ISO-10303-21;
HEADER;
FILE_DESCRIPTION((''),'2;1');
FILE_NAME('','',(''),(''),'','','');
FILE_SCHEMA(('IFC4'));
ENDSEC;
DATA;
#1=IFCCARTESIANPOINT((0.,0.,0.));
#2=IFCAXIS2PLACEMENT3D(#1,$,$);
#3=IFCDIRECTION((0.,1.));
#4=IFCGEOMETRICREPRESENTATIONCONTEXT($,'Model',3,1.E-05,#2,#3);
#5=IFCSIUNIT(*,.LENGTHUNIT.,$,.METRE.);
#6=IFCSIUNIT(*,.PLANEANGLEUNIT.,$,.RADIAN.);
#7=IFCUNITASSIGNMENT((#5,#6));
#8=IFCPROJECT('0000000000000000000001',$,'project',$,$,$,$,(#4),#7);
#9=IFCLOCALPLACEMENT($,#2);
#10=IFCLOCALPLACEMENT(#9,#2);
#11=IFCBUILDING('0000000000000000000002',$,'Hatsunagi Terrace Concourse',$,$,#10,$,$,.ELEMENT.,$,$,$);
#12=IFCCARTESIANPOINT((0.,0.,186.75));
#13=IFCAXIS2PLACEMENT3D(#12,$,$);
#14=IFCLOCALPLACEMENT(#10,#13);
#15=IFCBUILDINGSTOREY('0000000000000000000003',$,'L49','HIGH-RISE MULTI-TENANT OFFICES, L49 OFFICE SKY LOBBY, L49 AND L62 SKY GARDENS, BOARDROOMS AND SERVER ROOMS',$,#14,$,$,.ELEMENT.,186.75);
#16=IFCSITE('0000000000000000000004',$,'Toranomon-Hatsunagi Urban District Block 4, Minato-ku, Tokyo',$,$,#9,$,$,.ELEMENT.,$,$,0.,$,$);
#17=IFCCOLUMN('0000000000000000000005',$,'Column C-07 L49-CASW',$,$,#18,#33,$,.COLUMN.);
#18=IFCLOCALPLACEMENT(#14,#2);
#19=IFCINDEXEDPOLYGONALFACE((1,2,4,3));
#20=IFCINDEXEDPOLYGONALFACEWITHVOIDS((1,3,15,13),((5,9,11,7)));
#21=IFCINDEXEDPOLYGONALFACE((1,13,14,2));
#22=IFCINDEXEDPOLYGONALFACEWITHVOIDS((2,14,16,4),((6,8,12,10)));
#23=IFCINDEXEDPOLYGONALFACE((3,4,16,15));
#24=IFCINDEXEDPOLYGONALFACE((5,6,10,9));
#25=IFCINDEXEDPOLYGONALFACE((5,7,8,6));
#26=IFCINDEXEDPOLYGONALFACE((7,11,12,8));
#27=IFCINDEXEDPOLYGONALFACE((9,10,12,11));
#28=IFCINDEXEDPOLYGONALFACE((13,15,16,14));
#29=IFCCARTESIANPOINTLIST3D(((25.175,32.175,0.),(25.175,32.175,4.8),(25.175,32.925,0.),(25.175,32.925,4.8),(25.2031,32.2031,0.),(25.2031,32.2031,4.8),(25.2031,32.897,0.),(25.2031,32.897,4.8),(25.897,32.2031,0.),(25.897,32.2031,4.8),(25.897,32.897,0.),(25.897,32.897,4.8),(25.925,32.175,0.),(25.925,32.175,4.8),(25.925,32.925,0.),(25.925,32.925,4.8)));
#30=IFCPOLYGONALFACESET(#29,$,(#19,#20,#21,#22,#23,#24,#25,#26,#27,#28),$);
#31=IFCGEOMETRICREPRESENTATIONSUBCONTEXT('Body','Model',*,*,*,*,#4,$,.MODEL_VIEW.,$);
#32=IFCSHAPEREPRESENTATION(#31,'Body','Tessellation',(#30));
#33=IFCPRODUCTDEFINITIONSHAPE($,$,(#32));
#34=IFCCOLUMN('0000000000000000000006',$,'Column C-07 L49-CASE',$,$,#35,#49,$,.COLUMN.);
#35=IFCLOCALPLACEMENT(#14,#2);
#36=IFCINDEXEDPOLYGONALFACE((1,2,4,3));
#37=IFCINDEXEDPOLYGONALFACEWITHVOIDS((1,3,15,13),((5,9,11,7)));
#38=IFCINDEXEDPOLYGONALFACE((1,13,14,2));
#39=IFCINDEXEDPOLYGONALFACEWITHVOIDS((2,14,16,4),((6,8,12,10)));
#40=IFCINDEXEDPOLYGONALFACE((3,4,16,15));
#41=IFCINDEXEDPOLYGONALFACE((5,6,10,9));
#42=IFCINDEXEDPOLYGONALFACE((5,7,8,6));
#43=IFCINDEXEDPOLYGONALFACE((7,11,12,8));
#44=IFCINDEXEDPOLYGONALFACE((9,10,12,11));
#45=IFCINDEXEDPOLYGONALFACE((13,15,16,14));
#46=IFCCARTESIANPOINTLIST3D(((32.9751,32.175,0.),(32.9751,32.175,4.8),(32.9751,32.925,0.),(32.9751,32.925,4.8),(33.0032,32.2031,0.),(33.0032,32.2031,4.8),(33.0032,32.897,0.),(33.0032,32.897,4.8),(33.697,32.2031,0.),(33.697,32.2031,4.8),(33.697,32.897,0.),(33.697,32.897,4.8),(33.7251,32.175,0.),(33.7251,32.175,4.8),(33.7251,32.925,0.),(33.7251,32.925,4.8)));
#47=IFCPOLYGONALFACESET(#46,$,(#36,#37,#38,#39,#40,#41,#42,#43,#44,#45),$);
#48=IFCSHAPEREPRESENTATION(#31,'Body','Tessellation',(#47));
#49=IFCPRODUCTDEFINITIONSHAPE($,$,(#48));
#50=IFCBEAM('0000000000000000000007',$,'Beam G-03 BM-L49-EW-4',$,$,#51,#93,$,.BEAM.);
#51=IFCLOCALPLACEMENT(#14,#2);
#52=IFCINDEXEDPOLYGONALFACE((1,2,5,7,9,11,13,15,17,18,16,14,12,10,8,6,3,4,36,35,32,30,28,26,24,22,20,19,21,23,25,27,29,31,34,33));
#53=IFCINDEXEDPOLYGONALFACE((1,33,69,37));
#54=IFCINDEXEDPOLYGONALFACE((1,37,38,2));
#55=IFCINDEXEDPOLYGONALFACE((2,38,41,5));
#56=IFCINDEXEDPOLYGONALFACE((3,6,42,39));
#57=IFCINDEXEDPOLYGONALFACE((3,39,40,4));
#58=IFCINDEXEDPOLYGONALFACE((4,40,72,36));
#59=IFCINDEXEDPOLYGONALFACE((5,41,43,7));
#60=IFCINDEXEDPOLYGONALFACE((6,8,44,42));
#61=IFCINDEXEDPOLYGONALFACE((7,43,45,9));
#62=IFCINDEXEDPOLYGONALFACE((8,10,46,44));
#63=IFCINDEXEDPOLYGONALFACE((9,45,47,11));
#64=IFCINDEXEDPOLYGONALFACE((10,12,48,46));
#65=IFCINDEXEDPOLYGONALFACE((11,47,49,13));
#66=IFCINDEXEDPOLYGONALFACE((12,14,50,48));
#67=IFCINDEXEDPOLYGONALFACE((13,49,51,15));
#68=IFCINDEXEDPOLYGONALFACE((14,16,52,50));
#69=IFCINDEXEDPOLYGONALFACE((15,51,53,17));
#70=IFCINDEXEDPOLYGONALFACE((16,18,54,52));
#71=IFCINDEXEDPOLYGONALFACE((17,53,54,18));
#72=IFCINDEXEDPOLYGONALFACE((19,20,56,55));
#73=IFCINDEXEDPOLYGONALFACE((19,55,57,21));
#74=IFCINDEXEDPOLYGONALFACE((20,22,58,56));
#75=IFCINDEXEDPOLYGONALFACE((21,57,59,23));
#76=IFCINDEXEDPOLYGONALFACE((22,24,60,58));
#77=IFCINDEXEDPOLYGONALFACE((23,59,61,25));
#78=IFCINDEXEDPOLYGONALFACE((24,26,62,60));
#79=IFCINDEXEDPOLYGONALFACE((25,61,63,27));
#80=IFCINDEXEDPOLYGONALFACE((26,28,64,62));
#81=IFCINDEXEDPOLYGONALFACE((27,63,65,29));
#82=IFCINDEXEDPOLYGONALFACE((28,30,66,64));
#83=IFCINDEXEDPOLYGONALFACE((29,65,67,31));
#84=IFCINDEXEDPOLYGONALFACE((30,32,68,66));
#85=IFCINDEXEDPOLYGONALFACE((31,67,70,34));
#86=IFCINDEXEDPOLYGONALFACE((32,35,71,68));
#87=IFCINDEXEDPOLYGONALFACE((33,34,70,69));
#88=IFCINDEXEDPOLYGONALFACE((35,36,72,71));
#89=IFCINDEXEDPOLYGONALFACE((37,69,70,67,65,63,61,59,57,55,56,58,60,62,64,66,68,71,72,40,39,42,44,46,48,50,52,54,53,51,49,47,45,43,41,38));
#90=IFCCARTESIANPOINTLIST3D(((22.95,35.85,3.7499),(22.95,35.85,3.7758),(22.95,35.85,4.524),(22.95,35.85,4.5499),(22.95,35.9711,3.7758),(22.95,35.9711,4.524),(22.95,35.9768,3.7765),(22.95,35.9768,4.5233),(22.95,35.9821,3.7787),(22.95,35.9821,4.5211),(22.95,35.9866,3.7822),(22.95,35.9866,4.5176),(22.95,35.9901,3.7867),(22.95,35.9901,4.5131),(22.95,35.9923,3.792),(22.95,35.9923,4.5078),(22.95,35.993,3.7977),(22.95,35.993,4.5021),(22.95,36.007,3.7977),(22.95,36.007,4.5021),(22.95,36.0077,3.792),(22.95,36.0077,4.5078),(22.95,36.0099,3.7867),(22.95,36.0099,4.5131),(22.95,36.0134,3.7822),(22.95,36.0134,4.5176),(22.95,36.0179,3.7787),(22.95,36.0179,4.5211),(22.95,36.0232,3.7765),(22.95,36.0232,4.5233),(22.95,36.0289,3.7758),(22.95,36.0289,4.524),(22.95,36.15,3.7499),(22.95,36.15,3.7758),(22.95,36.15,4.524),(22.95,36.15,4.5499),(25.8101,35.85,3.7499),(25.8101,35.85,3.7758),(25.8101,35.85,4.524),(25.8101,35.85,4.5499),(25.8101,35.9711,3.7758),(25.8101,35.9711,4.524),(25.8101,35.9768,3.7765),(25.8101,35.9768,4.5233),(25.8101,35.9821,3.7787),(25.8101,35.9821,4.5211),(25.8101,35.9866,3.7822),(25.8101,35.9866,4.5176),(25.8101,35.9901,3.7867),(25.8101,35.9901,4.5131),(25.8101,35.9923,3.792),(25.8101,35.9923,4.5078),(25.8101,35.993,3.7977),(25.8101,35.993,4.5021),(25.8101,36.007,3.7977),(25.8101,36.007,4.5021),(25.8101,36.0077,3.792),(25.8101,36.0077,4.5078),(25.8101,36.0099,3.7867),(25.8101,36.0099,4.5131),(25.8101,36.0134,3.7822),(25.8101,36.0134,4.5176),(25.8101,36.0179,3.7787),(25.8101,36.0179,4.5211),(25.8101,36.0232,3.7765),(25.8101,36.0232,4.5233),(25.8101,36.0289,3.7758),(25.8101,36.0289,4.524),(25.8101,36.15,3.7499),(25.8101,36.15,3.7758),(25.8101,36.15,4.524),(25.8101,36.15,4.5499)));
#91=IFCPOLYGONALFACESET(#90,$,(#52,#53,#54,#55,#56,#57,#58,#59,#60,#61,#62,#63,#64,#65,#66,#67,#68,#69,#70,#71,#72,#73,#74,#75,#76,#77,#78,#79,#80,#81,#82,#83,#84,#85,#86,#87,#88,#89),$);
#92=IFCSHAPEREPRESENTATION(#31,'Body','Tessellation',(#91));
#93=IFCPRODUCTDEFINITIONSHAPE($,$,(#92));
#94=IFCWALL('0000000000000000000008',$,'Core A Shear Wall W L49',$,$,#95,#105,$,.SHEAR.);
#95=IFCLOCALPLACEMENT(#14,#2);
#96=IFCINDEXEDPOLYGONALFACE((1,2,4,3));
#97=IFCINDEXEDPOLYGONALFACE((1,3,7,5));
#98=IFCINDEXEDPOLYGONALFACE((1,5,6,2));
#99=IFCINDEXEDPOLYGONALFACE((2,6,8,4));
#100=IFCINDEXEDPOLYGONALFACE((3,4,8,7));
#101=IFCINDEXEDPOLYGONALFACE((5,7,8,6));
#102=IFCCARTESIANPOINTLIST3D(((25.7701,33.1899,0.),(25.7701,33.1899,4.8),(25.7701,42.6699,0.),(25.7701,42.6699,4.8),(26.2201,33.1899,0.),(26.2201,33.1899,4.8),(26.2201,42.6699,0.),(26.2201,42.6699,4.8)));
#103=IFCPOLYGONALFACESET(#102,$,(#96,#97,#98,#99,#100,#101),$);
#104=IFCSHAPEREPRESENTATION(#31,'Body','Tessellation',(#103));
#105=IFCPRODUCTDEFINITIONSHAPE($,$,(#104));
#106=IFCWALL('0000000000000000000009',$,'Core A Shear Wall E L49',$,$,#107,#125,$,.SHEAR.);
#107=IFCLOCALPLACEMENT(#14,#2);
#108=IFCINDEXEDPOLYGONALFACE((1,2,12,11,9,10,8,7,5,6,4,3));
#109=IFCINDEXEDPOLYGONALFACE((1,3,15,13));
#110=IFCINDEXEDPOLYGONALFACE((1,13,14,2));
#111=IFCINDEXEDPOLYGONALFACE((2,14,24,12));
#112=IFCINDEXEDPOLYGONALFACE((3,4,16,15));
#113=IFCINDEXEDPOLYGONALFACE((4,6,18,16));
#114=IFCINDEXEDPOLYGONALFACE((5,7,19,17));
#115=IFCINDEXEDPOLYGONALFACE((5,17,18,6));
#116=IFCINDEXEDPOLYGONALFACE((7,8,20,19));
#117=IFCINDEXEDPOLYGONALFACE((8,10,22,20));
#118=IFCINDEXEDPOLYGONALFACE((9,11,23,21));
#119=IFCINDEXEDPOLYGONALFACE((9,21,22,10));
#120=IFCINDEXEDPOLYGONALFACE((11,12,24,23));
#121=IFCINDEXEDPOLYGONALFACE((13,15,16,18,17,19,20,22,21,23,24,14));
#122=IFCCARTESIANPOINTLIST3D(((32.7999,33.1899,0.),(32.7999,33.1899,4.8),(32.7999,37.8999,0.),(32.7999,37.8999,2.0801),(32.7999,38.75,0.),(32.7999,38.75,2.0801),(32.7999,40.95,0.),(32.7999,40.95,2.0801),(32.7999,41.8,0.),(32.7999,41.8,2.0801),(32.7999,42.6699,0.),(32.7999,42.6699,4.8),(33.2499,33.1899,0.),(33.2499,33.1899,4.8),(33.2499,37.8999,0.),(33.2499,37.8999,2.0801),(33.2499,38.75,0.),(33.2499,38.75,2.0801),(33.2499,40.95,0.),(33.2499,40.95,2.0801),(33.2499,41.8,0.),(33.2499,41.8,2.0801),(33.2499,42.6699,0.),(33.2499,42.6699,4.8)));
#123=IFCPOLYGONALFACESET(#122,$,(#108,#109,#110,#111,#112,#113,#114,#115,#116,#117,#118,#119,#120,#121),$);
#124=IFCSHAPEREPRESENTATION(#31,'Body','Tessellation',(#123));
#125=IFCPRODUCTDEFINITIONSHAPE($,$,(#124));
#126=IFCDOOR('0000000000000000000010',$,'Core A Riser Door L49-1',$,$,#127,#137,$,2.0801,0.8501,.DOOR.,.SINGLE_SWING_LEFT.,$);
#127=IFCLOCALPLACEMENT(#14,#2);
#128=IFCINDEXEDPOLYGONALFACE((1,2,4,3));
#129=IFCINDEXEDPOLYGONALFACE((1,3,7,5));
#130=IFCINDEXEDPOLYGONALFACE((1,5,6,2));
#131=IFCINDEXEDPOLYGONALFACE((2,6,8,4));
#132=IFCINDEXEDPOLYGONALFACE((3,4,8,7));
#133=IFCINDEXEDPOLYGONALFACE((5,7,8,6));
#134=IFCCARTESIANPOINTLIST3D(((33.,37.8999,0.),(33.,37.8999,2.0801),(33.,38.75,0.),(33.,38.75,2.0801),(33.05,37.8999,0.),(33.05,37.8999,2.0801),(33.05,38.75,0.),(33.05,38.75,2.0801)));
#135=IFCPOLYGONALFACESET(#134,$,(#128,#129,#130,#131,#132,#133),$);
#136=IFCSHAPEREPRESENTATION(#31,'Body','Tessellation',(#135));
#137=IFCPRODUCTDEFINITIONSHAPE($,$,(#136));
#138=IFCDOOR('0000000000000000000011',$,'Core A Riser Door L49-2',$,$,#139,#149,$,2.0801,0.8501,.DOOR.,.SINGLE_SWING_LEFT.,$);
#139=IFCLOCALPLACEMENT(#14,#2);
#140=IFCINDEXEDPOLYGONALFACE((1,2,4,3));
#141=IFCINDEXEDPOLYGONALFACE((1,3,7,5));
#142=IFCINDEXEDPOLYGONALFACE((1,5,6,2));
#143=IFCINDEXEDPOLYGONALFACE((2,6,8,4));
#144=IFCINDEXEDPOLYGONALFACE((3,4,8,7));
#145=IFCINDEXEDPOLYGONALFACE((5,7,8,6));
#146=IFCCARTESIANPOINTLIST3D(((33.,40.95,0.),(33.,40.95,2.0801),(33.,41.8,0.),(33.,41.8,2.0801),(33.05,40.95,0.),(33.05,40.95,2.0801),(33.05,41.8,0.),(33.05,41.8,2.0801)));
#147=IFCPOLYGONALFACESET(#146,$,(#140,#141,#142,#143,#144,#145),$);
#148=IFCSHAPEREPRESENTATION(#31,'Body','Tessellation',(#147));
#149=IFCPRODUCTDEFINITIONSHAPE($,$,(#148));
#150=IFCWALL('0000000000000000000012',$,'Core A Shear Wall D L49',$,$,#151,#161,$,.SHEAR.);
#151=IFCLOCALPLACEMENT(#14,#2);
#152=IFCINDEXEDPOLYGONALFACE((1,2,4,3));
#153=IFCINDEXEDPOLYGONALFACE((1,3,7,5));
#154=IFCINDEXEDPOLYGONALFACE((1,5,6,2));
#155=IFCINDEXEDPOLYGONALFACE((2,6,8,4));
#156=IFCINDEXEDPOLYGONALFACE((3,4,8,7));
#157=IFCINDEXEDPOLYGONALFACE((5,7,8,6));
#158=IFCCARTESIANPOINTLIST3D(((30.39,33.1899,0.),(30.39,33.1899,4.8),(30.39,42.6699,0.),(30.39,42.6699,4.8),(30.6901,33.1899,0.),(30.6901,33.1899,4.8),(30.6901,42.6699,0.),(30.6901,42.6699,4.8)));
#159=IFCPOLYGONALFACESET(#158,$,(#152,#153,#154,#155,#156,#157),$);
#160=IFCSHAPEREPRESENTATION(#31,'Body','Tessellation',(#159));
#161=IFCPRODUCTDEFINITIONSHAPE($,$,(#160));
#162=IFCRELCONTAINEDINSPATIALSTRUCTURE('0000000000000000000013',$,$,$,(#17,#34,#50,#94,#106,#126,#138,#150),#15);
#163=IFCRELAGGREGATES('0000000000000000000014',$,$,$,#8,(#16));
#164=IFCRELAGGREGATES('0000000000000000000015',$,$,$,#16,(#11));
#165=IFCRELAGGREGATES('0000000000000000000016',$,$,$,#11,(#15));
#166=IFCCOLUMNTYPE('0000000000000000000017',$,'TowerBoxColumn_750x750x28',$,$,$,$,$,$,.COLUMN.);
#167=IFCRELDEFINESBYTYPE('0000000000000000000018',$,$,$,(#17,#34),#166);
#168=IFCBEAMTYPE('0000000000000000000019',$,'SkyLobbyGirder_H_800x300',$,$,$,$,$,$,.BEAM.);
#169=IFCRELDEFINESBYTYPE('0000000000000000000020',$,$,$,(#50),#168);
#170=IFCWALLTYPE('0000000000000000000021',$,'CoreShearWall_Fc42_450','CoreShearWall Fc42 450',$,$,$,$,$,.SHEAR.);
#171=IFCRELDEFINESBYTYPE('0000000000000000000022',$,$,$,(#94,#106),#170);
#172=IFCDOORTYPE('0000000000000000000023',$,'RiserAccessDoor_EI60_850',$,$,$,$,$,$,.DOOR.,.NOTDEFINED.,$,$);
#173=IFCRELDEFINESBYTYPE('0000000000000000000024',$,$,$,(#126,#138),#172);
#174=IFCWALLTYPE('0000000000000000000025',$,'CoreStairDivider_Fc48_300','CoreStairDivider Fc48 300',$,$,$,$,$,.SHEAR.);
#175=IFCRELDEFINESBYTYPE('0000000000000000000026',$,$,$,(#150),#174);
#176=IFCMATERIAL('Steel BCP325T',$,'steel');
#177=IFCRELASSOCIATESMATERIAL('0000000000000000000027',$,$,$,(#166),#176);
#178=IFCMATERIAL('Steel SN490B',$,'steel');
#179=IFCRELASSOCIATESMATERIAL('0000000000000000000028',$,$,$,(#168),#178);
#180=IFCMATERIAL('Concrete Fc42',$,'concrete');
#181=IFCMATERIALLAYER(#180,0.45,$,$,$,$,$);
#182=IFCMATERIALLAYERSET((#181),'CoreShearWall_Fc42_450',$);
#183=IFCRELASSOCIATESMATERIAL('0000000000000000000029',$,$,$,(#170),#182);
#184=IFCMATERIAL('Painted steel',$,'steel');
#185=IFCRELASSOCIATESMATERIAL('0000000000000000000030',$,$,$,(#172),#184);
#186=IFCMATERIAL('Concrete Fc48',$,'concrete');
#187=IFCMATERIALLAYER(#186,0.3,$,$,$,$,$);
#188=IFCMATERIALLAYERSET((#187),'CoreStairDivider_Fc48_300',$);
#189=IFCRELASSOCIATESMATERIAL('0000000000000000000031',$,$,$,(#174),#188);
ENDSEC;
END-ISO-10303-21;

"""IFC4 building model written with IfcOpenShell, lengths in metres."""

from ifc_helpers import new_model, si_unit, direction, frame, frame_2d, origin, origin_2d, place, context, subcontext, project, spatial, rectangle, hollow_rectangle, i_section, extrude, material, layer, layer_set, material_profile, profile_set, type_object, element, fill, save


model = new_model("IFC4")

# Units and contexts
model_context = context("Model", 3, precision=1e-05, world=origin(), true_north=direction((0.0, 1.0)))
body_context = subcontext(model_context, "Body", "Model", "MODEL_VIEW")
ifc_project = project(units=[si_unit("LENGTHUNIT", "METRE"), si_unit("PLANEANGLEUNIT", "RADIAN")], contexts=[model_context])

# Site, building, storey
site_placement = place(None, origin())
site = spatial("IfcSite", under=ifc_project, at=site_placement, Name="Toranomon-Hatsunagi Urban District Block 4, Minato-ku, Tokyo", CompositionType="ELEMENT", RefElevation=0.0)
building_placement = place(site_placement, origin())
building = spatial("IfcBuilding", under=site, at=building_placement, Name="Hatsunagi Terrace Concourse", CompositionType="ELEMENT")
storey_placement = place(building_placement, frame((0.0, 0.0, 186.75)))
storey = spatial("IfcBuildingStorey", under=building, at=storey_placement, Name="L49", Description="HIGH-RISE MULTI-TENANT OFFICES, L49 OFFICE SKY LOBBY, L49 AND L62 SKY GARDENS, BOARDROOMS AND SERVER ROOMS", CompositionType="ELEMENT", Elevation=186.75)

# Columns
ifc_material_1 = material(Name="Steel BCP325T", Category="steel")
ifc_material_profile_1 = material_profile(ifc_material_1, hollow_rectangle(XDim=0.75, YDim=0.75, WallThickness=0.0281, at=origin_2d()), Name="BCP-750x750x28")
ifc_profile_set_1 = profile_set([ifc_material_profile_1], Name="Steel BCP325T")
column_type = type_object("IfcColumnType", Name="TowerBoxColumn_750x750x28", PredefinedType="COLUMN", material=ifc_profile_set_1)
for number, where, z_axis, x_axis, name in (
    (1, (25.55, 32.55, 0.0), (0.0, 0.0, 1.0), (1.0, 0.0, 0.0), "Column C-07 L49-CASW"),
    (2, (33.3501, 32.55, 0.0), (0.0, 0.0, 1.0), (1.0, 0.0, 0.0), "Column C-07 L49-CASE"),
):
    element("IfcColumn", number, at=place(storey_placement, frame(where, z_axis=z_axis, x_axis=x_axis)), inside=storey, type_object=column_type, Name=name, PredefinedType="COLUMN", context=body_context, shape_type="SweptSolid", body=[
        extrude(hollow_rectangle(XDim=0.75, YDim=0.75, WallThickness=0.0281, at=origin_2d()), origin(), (0.0, 0.0, 1.0), 4.8),
    ])

# Beam
ifc_material_2 = material(Name="Steel SN490B", Category="steel")
ifc_material_profile_2 = material_profile(ifc_material_2, i_section(OverallWidth=0.3, OverallDepth=0.8, WebThickness=0.0139, FlangeThickness=0.0259, FilletRadius=0.022, at=origin_2d()), Name="H-800x300x14x26")
ifc_profile_set_2 = profile_set([ifc_material_profile_2], Name="Steel SN490B")
beam_type = type_object("IfcBeamType", Name="SkyLobbyGirder_H_800x300", PredefinedType="BEAM", material=ifc_profile_set_2)
beam_placement = place(storey_placement, frame((22.95, 36.0, 4.1499), z_axis=(1.0, 0.0, 0.0), x_axis=(0.0, 1.0, 0.0)))
element("IfcBeam", 3, at=beam_placement, inside=storey, type_object=beam_type, Name="Beam G-03 BM-L49-EW-4", PredefinedType="BEAM", context=body_context, shape_type="SweptSolid", body=[
    extrude(i_section(OverallWidth=0.3, OverallDepth=0.8, WebThickness=0.0139, FlangeThickness=0.0259, FilletRadius=0.022, at=origin_2d()), origin(), (0.0, 0.0, 1.0), 2.8601),
])

# Shared definitions
ifc_material_3 = material(Name="Concrete Fc42", Category="concrete")
ifc_layer_1 = layer(ifc_material_3, 0.45)
ifc_layer_set_1 = layer_set([ifc_layer_1], Name="CoreShearWall_Fc42_450")
wall_type_1 = type_object("IfcWallType", Name="CoreShearWall_Fc42_450", Description="CoreShearWall Fc42 450", PredefinedType="SHEAR", material=ifc_layer_set_1)

# Wall
wall_1_placement = place(storey_placement, frame((25.9951, 33.1899, 0.0), z_axis=(0.0, 0.0, 1.0), x_axis=(0.0, 1.0, 0.0)))
element("IfcWall", 4, at=wall_1_placement, inside=storey, type_object=wall_type_1, Name="Core A Shear Wall W L49", PredefinedType="SHEAR", context=body_context, shape_type="SweptSolid", body=[
    extrude(rectangle(XDim=9.48, YDim=0.45, at=frame_2d((4.74, 0.0))), origin(), (0.0, 0.0, 1.0), 4.8),
])

# Wall, openings, doors
wall_2_placement = place(storey_placement, frame((33.0249, 33.1899, 0.0), z_axis=(0.0, 0.0, 1.0), x_axis=(0.0, 1.0, 0.0)))
wall_2 = element("IfcWall", 5, at=wall_2_placement, inside=storey, type_object=wall_type_1, Name="Core A Shear Wall E L49", PredefinedType="SHEAR", context=body_context, shape_type="SweptSolid", body=[
    extrude(rectangle(XDim=9.48, YDim=0.45, at=frame_2d((4.74, 0.0))), origin(), (0.0, 0.0, 1.0), 4.8),
])
opening_1_placement = place(wall_2_placement, frame((4.71, 0.0, 0.0)))
opening_1 = element("IfcOpeningElement", 6, at=opening_1_placement, cuts=wall_2, PredefinedType="OPENING", context=body_context, shape_type="SweptSolid", body=[
    extrude(rectangle(XDim=0.8501, YDim=2.0801, at=frame_2d((0.425, 1.04))), frame((0.0, 0.2349, 0.0), z_axis=(0.0, -1.0, 0.0), x_axis=(1.0, 0.0, 0.0)), (0.0, 0.0, 1.0), 0.47),
])
opening_2_placement = place(wall_2_placement, frame((7.76, 0.0, 0.0)))
opening_2 = element("IfcOpeningElement", 7, at=opening_2_placement, cuts=wall_2, PredefinedType="OPENING", context=body_context, shape_type="SweptSolid", body=[
    extrude(rectangle(XDim=0.8501, YDim=2.0801, at=frame_2d((0.425, 1.04))), frame((0.0, 0.2349, 0.0), z_axis=(0.0, -1.0, 0.0), x_axis=(1.0, 0.0, 0.0)), (0.0, 0.0, 1.0), 0.47),
])
ifc_material_4 = material(Name="Painted steel", Category="steel")
door_type_1 = type_object("IfcDoorType", Name="RiserAccessDoor_EI60_850", OperationType="NOTDEFINED", PredefinedType="DOOR", material=ifc_material_4)
door_1_placement = place(opening_1_placement, origin())
door_1 = element("IfcDoor", 8, at=door_1_placement, inside=storey, type_object=door_type_1, Name="Core A Riser Door L49-1", OperationType="SINGLE_SWING_LEFT", OverallHeight=2.0801, OverallWidth=0.8501, PredefinedType="DOOR", context=body_context, shape_type="SweptSolid", body=[
    extrude(rectangle(XDim=0.8501, YDim=2.0801, at=frame_2d((0.425, 1.04))), frame((0.0, 0.0249, 0.0), z_axis=(0.0, -1.0, 0.0), x_axis=(1.0, 0.0, 0.0)), (0.0, 0.0, 1.0), 0.05),
])
fill(opening_1, door_1)
door_2_placement = place(opening_2_placement, origin())
door_2 = element("IfcDoor", 9, at=door_2_placement, inside=storey, type_object=door_type_1, Name="Core A Riser Door L49-2", OperationType="SINGLE_SWING_LEFT", OverallHeight=2.0801, OverallWidth=0.8501, PredefinedType="DOOR", context=body_context, shape_type="SweptSolid", body=[
    extrude(rectangle(XDim=0.8501, YDim=2.0801, at=frame_2d((0.425, 1.04))), frame((0.0, 0.0249, 0.0), z_axis=(0.0, -1.0, 0.0), x_axis=(1.0, 0.0, 0.0)), (0.0, 0.0, 1.0), 0.05),
])
fill(opening_2, door_2)

# Wall
ifc_material_5 = material(Name="Concrete Fc48", Category="concrete")
ifc_layer_2 = layer(ifc_material_5, 0.3)
ifc_layer_set_2 = layer_set([ifc_layer_2], Name="CoreStairDivider_Fc48_300")
wall_type_2 = type_object("IfcWallType", Name="CoreStairDivider_Fc48_300", Description="CoreStairDivider Fc48 300", PredefinedType="SHEAR", material=ifc_layer_set_2)
wall_3_placement = place(storey_placement, frame((30.54, 33.1899, 0.0), z_axis=(0.0, 0.0, 1.0), x_axis=(0.0, 1.0, 0.0)))
element("IfcWall", 10, at=wall_3_placement, inside=storey, type_object=wall_type_2, Name="Core A Shear Wall D L49", PredefinedType="SHEAR", context=body_context, shape_type="SweptSolid", body=[
    extrude(rectangle(XDim=9.48, YDim=0.3, at=frame_2d((4.74, 0.0))), origin(), (0.0, 0.0, 1.0), 4.8),
])

save(model, "model.ifc")
